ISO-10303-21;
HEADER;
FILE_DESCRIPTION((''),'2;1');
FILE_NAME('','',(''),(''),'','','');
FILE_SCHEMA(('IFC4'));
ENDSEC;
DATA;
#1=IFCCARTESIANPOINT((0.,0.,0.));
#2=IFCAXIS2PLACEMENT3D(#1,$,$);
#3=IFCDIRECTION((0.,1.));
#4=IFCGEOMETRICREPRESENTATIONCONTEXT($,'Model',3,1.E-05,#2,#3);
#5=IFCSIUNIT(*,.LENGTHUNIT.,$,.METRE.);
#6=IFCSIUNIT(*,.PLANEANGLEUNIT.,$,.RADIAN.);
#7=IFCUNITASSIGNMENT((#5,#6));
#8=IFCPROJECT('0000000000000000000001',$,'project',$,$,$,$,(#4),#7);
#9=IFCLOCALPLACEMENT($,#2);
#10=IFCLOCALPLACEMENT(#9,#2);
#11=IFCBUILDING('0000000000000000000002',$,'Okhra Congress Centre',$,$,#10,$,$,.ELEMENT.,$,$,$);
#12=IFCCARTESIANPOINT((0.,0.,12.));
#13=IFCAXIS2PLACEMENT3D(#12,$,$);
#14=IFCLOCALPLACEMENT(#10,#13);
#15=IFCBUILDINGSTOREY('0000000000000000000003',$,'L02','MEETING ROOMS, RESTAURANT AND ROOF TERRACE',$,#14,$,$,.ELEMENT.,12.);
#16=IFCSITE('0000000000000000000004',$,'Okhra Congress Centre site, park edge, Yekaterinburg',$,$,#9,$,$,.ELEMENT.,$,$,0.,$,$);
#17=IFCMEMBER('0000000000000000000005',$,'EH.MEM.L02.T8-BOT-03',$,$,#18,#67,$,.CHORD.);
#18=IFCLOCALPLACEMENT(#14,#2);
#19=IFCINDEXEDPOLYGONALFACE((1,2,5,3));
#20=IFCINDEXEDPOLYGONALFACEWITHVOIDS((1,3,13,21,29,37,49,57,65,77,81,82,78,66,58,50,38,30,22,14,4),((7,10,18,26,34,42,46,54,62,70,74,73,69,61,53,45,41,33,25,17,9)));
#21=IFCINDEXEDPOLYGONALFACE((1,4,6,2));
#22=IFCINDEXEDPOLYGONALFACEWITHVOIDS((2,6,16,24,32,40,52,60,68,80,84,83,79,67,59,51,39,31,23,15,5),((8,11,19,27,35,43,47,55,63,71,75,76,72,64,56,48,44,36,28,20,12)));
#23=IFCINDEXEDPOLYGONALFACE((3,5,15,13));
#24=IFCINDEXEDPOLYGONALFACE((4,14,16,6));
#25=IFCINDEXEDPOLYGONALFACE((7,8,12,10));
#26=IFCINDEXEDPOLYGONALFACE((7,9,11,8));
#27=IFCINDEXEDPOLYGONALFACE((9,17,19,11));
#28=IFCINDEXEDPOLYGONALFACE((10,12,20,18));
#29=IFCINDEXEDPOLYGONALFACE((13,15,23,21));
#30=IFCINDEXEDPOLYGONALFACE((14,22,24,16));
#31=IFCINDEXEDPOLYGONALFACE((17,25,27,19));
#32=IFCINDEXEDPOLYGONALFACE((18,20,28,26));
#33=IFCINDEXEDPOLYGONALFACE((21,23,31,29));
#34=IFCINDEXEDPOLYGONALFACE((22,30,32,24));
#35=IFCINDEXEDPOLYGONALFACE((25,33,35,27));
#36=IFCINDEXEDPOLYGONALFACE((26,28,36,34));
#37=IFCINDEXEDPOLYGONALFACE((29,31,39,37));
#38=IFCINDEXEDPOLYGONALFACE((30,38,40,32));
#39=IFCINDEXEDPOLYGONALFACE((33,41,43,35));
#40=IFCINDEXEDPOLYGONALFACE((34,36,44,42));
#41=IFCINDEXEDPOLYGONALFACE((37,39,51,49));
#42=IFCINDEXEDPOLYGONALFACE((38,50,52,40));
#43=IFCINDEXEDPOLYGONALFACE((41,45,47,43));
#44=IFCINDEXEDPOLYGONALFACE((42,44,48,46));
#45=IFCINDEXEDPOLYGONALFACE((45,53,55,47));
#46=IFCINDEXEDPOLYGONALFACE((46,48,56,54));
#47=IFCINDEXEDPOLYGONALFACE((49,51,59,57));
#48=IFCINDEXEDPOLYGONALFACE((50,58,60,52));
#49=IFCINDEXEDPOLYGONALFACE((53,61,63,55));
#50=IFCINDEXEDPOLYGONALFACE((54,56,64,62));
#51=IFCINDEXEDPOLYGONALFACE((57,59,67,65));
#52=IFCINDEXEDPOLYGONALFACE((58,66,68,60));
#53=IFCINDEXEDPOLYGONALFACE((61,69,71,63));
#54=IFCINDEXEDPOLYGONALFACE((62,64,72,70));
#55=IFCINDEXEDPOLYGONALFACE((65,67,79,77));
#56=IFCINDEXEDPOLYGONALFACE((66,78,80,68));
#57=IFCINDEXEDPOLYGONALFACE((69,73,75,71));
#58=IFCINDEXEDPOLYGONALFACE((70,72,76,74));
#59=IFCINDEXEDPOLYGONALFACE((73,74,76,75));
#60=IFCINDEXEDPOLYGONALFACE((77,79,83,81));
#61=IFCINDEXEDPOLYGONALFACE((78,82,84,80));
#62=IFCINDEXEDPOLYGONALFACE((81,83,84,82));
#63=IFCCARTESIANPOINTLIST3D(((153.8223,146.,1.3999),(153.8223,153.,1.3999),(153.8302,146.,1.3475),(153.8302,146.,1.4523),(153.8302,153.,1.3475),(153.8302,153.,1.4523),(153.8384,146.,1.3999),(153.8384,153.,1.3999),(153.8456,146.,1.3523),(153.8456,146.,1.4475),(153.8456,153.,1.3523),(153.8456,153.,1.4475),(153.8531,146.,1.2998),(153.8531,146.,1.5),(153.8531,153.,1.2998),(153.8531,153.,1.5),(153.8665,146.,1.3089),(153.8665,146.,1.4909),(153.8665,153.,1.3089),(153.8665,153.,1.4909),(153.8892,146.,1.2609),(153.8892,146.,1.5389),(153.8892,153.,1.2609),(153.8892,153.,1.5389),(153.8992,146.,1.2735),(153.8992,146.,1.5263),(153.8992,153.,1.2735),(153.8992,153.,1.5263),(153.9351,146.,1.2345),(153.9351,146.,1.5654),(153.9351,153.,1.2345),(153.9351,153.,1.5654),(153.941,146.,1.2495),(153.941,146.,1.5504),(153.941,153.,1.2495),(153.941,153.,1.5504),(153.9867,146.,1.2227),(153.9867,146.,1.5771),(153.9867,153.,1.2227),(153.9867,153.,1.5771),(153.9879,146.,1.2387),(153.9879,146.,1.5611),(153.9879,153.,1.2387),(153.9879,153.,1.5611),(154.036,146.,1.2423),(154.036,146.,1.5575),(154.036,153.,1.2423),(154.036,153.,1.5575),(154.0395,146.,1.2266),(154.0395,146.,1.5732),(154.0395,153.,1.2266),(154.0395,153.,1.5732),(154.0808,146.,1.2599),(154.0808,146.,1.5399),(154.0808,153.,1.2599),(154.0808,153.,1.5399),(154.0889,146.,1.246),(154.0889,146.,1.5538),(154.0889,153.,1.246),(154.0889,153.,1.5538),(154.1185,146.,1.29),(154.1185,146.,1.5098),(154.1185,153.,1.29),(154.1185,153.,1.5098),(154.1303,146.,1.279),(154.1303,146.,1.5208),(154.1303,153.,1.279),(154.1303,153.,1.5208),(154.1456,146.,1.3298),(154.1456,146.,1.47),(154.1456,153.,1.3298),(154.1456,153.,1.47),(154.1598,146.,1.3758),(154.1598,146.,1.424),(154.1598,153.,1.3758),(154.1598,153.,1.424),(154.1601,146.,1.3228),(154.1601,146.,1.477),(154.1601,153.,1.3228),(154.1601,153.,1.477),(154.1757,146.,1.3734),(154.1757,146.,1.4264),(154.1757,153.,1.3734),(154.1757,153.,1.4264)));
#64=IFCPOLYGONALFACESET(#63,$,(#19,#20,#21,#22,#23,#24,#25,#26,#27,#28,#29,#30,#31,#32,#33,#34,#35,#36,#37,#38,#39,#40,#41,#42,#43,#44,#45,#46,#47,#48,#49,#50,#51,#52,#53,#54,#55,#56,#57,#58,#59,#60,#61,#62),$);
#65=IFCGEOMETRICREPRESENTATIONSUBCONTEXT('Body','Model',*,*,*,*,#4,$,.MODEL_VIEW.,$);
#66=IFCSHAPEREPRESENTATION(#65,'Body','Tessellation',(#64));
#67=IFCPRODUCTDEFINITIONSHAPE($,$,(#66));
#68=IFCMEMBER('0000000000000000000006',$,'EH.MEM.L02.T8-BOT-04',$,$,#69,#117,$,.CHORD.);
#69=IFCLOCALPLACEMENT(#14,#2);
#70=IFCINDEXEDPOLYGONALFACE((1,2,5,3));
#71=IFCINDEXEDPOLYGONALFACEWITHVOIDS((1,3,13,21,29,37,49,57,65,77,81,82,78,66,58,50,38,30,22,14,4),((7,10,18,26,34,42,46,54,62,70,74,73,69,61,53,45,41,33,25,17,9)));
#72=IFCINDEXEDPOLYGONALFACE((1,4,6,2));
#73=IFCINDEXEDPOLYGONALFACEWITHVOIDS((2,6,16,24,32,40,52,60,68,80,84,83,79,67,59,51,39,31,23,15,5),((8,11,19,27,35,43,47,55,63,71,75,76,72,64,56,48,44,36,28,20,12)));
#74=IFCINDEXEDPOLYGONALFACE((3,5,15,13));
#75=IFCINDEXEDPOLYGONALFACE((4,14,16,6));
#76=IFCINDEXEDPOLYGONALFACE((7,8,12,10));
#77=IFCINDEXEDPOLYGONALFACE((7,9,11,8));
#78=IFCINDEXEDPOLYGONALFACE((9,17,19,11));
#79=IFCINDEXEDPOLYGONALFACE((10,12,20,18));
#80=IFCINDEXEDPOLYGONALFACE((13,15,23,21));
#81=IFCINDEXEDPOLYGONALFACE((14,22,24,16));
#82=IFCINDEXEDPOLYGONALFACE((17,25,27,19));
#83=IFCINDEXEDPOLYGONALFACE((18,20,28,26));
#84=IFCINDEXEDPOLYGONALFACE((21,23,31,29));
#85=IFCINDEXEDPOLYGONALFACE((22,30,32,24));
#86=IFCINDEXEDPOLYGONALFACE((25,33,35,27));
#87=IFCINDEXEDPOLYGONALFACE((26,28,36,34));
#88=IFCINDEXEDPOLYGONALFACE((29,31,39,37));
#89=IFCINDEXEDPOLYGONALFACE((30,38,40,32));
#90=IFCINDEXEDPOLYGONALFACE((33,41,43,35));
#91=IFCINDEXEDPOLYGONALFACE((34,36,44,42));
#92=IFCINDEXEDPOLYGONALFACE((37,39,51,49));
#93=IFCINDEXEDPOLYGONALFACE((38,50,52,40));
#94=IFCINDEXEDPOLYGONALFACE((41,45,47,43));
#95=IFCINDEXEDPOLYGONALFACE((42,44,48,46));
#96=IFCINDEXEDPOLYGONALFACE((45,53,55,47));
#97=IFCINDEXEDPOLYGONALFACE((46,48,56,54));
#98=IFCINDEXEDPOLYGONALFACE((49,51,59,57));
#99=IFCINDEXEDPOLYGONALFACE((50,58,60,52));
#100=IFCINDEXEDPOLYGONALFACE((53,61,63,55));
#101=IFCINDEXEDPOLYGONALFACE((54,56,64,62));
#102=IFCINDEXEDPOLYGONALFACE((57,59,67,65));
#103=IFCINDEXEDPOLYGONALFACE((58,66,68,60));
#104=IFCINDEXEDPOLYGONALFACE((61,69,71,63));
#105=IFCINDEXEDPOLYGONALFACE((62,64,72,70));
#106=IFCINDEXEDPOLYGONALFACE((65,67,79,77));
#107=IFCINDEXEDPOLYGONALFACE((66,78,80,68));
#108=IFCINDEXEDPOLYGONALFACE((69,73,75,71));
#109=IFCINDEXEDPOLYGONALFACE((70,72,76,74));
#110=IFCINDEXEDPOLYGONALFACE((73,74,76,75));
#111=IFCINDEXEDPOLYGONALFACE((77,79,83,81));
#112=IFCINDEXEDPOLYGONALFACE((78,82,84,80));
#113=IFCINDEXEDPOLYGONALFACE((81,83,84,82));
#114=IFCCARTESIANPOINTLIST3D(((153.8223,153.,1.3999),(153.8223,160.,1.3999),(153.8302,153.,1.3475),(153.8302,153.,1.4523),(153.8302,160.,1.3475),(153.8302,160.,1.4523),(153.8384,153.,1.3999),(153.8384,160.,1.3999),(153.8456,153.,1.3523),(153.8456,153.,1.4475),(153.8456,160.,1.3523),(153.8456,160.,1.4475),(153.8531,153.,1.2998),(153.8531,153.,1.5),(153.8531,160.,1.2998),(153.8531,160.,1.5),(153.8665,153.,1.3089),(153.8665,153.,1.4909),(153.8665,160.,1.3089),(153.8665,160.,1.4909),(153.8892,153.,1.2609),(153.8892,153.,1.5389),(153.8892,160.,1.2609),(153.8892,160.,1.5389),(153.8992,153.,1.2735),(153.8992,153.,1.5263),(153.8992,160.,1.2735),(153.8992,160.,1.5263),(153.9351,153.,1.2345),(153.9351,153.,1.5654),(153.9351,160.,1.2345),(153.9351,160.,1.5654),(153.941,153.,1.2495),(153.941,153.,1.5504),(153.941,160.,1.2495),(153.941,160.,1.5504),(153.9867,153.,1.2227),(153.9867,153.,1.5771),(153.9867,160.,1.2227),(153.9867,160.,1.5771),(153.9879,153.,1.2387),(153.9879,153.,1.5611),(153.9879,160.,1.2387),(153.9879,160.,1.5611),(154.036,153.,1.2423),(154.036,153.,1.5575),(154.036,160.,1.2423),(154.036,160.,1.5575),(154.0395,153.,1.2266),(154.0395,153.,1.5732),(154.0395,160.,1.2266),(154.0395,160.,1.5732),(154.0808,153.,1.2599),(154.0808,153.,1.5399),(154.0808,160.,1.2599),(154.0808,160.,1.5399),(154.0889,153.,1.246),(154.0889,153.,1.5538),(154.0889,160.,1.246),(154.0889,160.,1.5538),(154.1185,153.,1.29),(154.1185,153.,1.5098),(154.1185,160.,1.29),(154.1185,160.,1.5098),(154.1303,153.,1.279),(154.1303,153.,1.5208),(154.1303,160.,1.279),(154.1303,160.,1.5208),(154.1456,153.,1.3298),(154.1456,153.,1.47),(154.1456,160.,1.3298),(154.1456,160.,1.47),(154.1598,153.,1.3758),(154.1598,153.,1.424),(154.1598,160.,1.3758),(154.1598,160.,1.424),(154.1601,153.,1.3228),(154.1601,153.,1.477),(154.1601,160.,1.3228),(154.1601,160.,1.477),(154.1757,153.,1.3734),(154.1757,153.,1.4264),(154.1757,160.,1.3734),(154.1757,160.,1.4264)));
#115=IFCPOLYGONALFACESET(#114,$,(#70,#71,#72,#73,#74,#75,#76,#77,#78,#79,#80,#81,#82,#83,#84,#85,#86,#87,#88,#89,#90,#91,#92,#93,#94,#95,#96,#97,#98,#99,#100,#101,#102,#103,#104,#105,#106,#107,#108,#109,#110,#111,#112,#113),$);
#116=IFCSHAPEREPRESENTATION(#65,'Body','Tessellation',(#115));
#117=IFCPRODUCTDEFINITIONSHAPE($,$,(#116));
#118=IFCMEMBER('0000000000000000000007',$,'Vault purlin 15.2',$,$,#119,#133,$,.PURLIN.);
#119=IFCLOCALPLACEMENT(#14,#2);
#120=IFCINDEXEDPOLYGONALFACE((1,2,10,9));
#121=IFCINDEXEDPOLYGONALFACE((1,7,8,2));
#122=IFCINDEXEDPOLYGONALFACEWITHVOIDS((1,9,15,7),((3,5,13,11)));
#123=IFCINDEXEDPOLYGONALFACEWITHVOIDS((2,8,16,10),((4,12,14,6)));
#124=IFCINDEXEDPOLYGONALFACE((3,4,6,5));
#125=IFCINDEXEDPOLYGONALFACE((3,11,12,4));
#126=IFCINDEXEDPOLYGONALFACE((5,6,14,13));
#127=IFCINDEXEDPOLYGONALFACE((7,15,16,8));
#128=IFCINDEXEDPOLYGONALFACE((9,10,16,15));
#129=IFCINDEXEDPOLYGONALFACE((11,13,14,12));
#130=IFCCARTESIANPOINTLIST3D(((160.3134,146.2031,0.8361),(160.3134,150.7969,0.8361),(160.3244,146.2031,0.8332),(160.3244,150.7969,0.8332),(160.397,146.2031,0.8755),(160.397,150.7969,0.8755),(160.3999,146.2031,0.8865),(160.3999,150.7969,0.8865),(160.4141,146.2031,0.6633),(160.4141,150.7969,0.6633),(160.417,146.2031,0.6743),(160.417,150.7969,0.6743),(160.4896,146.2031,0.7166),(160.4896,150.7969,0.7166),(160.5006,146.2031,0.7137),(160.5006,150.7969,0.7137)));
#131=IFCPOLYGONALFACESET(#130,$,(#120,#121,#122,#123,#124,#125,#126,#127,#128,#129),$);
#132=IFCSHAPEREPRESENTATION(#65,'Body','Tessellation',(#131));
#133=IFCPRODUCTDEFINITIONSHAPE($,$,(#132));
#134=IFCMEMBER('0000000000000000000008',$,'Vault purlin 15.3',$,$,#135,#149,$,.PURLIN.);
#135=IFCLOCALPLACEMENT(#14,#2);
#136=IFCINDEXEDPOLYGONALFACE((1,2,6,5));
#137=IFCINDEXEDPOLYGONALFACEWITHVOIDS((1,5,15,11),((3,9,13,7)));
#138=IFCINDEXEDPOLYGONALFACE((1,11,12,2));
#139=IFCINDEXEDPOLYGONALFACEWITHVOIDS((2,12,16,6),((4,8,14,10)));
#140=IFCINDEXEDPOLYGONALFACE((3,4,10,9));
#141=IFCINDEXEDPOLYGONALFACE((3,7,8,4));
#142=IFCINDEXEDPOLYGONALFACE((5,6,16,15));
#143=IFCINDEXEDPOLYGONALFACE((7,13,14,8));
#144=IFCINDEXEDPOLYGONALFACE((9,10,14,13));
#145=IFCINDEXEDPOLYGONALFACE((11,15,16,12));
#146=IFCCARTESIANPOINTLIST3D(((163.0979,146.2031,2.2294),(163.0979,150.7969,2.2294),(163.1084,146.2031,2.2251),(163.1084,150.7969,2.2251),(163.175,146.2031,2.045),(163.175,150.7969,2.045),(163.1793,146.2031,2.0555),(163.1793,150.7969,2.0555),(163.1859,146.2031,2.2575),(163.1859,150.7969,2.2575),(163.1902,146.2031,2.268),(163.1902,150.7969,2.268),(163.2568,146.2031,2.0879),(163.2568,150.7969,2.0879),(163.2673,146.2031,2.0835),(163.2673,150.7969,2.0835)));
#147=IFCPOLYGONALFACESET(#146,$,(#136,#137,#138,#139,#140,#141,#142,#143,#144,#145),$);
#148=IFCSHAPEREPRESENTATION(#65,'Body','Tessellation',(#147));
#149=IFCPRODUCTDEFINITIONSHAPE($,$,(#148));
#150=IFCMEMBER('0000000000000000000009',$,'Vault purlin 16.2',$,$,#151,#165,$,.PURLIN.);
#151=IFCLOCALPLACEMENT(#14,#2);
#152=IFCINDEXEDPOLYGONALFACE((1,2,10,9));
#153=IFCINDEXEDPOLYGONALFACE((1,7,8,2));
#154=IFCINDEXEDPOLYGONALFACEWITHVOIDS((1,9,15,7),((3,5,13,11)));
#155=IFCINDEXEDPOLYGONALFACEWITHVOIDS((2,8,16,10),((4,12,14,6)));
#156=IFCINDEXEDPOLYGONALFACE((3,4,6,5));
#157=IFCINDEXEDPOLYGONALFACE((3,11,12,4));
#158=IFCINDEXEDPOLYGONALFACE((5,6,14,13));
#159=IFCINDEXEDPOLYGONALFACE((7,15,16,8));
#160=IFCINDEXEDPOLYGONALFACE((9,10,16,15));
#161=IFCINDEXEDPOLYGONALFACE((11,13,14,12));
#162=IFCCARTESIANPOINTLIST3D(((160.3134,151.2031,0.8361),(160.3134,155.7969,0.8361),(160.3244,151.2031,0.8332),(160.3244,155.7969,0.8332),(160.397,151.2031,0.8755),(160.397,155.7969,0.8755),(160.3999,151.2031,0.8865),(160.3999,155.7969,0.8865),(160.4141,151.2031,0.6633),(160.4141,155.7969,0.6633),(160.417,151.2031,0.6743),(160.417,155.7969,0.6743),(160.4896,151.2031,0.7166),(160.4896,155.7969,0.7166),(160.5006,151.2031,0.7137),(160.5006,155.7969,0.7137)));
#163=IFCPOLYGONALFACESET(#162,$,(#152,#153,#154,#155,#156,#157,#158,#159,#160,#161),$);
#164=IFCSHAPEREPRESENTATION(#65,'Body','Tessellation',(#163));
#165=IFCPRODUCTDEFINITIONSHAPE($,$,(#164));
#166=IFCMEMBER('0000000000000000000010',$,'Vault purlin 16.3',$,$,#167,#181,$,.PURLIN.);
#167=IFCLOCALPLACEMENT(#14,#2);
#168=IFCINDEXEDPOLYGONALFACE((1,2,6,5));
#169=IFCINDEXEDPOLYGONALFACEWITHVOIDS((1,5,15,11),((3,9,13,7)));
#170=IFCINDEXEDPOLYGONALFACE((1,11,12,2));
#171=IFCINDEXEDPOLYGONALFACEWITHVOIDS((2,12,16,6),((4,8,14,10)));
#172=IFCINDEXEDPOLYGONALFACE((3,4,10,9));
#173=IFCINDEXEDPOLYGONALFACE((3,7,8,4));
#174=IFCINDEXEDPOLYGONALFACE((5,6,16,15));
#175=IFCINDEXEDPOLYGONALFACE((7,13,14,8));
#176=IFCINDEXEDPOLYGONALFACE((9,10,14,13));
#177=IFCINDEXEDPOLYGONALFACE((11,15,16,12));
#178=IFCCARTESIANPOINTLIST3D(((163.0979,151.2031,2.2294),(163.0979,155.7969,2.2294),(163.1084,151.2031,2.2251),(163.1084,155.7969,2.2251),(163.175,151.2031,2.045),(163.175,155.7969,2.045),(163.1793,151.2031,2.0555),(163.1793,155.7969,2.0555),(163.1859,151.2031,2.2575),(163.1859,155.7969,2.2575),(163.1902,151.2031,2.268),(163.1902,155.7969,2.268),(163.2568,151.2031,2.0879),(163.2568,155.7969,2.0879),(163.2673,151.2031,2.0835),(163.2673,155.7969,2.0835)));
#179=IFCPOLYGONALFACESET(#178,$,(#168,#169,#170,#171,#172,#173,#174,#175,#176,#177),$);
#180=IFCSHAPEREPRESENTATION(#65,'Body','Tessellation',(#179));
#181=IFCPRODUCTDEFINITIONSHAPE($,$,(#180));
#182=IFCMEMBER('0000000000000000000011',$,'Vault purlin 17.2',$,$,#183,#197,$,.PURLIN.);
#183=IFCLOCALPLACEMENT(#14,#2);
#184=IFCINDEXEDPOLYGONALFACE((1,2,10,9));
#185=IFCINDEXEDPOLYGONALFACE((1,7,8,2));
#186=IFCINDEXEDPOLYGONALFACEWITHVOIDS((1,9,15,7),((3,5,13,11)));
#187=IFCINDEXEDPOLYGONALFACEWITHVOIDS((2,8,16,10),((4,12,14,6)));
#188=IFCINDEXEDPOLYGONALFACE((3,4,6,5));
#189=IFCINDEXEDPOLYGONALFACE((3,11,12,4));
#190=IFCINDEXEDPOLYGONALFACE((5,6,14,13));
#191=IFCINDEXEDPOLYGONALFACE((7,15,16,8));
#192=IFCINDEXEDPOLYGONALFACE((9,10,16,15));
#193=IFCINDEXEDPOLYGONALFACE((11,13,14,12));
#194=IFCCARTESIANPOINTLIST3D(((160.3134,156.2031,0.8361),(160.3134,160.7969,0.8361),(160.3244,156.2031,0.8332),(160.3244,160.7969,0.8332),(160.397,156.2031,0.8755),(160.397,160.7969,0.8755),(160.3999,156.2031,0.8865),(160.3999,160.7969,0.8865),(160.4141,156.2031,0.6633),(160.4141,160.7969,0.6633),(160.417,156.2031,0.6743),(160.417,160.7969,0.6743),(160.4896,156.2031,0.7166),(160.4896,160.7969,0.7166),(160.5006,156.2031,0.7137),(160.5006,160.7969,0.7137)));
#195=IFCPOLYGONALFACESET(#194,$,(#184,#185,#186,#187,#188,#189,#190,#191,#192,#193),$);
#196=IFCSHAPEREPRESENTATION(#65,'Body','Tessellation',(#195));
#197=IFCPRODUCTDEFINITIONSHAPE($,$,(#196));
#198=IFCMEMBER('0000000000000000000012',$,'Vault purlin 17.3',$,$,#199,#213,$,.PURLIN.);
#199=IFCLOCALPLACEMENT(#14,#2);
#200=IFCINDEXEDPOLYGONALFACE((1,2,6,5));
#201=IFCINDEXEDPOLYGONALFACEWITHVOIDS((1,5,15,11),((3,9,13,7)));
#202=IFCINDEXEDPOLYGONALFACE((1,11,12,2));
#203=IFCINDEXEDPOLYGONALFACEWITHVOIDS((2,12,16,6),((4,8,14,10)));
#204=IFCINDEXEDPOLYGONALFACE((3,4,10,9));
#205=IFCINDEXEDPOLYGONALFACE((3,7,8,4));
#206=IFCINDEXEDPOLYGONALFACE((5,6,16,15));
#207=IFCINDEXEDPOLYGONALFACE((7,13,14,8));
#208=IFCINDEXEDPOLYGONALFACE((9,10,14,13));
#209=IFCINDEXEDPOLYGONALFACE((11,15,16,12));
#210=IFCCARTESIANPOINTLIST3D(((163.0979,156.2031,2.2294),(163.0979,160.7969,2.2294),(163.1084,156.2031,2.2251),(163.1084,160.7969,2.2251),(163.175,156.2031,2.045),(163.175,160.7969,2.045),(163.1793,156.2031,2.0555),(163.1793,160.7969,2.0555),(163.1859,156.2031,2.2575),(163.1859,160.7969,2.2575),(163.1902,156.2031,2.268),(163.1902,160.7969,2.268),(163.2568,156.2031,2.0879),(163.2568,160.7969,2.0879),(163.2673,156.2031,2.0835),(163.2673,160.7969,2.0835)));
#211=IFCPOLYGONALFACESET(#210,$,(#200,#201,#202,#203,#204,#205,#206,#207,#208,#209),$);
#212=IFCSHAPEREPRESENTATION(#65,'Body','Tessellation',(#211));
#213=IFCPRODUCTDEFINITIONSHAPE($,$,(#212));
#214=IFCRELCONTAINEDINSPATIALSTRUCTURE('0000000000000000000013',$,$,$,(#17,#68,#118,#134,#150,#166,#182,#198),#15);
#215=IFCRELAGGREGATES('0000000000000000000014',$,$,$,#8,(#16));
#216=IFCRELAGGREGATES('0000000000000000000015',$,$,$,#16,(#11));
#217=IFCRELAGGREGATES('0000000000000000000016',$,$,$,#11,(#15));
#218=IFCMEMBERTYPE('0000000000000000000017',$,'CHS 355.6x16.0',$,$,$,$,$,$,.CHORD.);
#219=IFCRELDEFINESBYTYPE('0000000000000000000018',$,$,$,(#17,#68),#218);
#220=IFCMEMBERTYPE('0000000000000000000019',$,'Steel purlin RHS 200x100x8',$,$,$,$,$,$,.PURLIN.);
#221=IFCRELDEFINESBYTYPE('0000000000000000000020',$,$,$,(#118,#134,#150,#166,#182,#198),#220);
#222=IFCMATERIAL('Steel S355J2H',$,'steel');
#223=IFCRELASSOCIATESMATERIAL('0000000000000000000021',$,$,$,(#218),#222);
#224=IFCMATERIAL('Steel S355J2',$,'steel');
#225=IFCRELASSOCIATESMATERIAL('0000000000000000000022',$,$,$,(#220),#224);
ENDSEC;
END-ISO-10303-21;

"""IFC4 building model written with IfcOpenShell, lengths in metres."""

from ifc_helpers import new_model, si_unit, direction, frame, origin, origin_2d, place, context, subcontext, project, spatial, hollow_rectangle, hollow_circle, extrude, material, material_profile, profile_set, type_object, element, save


model = new_model("IFC4")

# Units and contexts
model_context = context("Model", 3, precision=1e-05, world=origin(), true_north=direction((0.0, 1.0)))
body_context = subcontext(model_context, "Body", "Model", "MODEL_VIEW")
ifc_project = project(units=[si_unit("LENGTHUNIT", "METRE"), si_unit("PLANEANGLEUNIT", "RADIAN")], contexts=[model_context])

# Site, building, storey
site_placement = place(None, origin())
site = spatial("IfcSite", under=ifc_project, at=site_placement, Name="Okhra Congress Centre site, park edge, Yekaterinburg", CompositionType="ELEMENT", RefElevation=0.0)
building_placement = place(site_placement, origin())
building = spatial("IfcBuilding", under=site, at=building_placement, Name="Okhra Congress Centre", CompositionType="ELEMENT")
storey_placement = place(building_placement, frame((0.0, 0.0, 12.0)))
storey = spatial("IfcBuildingStorey", under=building, at=storey_placement, Name="L02", Description="MEETING ROOMS, RESTAURANT AND ROOF TERRACE", CompositionType="ELEMENT", Elevation=12.0)

# Members
ifc_material_1 = material(Name="Steel S355J2H", Category="steel")
ifc_material_profile_1 = material_profile(ifc_material_1, hollow_circle(Radius=0.1777, WallThickness=0.0161, at=origin_2d()), Name="CHS 355.6x16.0")
ifc_profile_set_1 = profile_set([ifc_material_profile_1], Name="Steel S355J2H")
member_type_1 = type_object("IfcMemberType", Name="CHS 355.6x16.0", PredefinedType="CHORD", material=ifc_profile_set_1)
for number, where, z_axis, x_axis, name in (
    (1, (154.0, 146.0, 1.3999), (0.0, 1.0, 0.0), (-1.0, 0.0, 0.0), "EH.MEM.L02.T8-BOT-03"),
    (2, (154.0, 153.0, 1.3999), (0.0, 1.0, 0.0), (-1.0, 0.0, 0.0), "EH.MEM.L02.T8-BOT-04"),
):
    element("IfcMember", number, at=place(storey_placement, frame(where, z_axis=z_axis, x_axis=x_axis)), inside=storey, type_object=member_type_1, Name=name, PredefinedType="CHORD", context=body_context, shape_type="SweptSolid", body=[
        extrude(hollow_circle(Radius=0.1777, WallThickness=0.0161, at=origin_2d()), origin(), (0.0, 0.0, 1.0), 7.0),
    ])
ifc_material_2 = material(Name="Steel S355J2", Category="steel")
ifc_material_profile_2 = material_profile(ifc_material_2, hollow_rectangle(XDim=0.1001, YDim=0.2, WallThickness=0.0081, at=origin_2d()), Name="RHS 200x100x8")
ifc_profile_set_2 = profile_set([ifc_material_profile_2], Name="Steel S355J2")
member_type_2 = type_object("IfcMemberType", Name="Steel purlin RHS 200x100x8", PredefinedType="PURLIN", material=ifc_profile_set_2)
for number, where, z_axis, x_axis, name in (
    (3, (160.407, 146.2031, 0.7749), (0.0, 1.0, 0.0), (-0.863917, 0.0, -0.503634), "Vault purlin 15.2"),
    (4, (163.1826, 146.2031, 2.1565), (0.0, 1.0, 0.0), (-0.922669, 0.0, -0.385593), "Vault purlin 15.3"),
    (5, (160.407, 151.2031, 0.7749), (0.0, 1.0, 0.0), (-0.863917, 0.0, -0.503634), "Vault purlin 16.2"),
    (6, (163.1826, 151.2031, 2.1565), (0.0, 1.0, 0.0), (-0.922669, 0.0, -0.385593), "Vault purlin 16.3"),
    (7, (160.407, 156.2031, 0.7749), (0.0, 1.0, 0.0), (-0.863917, 0.0, -0.503634), "Vault purlin 17.2"),
    (8, (163.1826, 156.2031, 2.1565), (0.0, 1.0, 0.0), (-0.922669, 0.0, -0.385593), "Vault purlin 17.3"),
):
    element("IfcMember", number, at=place(storey_placement, frame(where, z_axis=z_axis, x_axis=x_axis)), inside=storey, type_object=member_type_2, Name=name, PredefinedType="PURLIN", context=body_context, shape_type="SweptSolid", body=[
        extrude(hollow_rectangle(XDim=0.1001, YDim=0.2, WallThickness=0.0081, at=origin_2d()), origin(), (0.0, 0.0, 1.0), 4.5938),
    ])

save(model, "model.ifc")
